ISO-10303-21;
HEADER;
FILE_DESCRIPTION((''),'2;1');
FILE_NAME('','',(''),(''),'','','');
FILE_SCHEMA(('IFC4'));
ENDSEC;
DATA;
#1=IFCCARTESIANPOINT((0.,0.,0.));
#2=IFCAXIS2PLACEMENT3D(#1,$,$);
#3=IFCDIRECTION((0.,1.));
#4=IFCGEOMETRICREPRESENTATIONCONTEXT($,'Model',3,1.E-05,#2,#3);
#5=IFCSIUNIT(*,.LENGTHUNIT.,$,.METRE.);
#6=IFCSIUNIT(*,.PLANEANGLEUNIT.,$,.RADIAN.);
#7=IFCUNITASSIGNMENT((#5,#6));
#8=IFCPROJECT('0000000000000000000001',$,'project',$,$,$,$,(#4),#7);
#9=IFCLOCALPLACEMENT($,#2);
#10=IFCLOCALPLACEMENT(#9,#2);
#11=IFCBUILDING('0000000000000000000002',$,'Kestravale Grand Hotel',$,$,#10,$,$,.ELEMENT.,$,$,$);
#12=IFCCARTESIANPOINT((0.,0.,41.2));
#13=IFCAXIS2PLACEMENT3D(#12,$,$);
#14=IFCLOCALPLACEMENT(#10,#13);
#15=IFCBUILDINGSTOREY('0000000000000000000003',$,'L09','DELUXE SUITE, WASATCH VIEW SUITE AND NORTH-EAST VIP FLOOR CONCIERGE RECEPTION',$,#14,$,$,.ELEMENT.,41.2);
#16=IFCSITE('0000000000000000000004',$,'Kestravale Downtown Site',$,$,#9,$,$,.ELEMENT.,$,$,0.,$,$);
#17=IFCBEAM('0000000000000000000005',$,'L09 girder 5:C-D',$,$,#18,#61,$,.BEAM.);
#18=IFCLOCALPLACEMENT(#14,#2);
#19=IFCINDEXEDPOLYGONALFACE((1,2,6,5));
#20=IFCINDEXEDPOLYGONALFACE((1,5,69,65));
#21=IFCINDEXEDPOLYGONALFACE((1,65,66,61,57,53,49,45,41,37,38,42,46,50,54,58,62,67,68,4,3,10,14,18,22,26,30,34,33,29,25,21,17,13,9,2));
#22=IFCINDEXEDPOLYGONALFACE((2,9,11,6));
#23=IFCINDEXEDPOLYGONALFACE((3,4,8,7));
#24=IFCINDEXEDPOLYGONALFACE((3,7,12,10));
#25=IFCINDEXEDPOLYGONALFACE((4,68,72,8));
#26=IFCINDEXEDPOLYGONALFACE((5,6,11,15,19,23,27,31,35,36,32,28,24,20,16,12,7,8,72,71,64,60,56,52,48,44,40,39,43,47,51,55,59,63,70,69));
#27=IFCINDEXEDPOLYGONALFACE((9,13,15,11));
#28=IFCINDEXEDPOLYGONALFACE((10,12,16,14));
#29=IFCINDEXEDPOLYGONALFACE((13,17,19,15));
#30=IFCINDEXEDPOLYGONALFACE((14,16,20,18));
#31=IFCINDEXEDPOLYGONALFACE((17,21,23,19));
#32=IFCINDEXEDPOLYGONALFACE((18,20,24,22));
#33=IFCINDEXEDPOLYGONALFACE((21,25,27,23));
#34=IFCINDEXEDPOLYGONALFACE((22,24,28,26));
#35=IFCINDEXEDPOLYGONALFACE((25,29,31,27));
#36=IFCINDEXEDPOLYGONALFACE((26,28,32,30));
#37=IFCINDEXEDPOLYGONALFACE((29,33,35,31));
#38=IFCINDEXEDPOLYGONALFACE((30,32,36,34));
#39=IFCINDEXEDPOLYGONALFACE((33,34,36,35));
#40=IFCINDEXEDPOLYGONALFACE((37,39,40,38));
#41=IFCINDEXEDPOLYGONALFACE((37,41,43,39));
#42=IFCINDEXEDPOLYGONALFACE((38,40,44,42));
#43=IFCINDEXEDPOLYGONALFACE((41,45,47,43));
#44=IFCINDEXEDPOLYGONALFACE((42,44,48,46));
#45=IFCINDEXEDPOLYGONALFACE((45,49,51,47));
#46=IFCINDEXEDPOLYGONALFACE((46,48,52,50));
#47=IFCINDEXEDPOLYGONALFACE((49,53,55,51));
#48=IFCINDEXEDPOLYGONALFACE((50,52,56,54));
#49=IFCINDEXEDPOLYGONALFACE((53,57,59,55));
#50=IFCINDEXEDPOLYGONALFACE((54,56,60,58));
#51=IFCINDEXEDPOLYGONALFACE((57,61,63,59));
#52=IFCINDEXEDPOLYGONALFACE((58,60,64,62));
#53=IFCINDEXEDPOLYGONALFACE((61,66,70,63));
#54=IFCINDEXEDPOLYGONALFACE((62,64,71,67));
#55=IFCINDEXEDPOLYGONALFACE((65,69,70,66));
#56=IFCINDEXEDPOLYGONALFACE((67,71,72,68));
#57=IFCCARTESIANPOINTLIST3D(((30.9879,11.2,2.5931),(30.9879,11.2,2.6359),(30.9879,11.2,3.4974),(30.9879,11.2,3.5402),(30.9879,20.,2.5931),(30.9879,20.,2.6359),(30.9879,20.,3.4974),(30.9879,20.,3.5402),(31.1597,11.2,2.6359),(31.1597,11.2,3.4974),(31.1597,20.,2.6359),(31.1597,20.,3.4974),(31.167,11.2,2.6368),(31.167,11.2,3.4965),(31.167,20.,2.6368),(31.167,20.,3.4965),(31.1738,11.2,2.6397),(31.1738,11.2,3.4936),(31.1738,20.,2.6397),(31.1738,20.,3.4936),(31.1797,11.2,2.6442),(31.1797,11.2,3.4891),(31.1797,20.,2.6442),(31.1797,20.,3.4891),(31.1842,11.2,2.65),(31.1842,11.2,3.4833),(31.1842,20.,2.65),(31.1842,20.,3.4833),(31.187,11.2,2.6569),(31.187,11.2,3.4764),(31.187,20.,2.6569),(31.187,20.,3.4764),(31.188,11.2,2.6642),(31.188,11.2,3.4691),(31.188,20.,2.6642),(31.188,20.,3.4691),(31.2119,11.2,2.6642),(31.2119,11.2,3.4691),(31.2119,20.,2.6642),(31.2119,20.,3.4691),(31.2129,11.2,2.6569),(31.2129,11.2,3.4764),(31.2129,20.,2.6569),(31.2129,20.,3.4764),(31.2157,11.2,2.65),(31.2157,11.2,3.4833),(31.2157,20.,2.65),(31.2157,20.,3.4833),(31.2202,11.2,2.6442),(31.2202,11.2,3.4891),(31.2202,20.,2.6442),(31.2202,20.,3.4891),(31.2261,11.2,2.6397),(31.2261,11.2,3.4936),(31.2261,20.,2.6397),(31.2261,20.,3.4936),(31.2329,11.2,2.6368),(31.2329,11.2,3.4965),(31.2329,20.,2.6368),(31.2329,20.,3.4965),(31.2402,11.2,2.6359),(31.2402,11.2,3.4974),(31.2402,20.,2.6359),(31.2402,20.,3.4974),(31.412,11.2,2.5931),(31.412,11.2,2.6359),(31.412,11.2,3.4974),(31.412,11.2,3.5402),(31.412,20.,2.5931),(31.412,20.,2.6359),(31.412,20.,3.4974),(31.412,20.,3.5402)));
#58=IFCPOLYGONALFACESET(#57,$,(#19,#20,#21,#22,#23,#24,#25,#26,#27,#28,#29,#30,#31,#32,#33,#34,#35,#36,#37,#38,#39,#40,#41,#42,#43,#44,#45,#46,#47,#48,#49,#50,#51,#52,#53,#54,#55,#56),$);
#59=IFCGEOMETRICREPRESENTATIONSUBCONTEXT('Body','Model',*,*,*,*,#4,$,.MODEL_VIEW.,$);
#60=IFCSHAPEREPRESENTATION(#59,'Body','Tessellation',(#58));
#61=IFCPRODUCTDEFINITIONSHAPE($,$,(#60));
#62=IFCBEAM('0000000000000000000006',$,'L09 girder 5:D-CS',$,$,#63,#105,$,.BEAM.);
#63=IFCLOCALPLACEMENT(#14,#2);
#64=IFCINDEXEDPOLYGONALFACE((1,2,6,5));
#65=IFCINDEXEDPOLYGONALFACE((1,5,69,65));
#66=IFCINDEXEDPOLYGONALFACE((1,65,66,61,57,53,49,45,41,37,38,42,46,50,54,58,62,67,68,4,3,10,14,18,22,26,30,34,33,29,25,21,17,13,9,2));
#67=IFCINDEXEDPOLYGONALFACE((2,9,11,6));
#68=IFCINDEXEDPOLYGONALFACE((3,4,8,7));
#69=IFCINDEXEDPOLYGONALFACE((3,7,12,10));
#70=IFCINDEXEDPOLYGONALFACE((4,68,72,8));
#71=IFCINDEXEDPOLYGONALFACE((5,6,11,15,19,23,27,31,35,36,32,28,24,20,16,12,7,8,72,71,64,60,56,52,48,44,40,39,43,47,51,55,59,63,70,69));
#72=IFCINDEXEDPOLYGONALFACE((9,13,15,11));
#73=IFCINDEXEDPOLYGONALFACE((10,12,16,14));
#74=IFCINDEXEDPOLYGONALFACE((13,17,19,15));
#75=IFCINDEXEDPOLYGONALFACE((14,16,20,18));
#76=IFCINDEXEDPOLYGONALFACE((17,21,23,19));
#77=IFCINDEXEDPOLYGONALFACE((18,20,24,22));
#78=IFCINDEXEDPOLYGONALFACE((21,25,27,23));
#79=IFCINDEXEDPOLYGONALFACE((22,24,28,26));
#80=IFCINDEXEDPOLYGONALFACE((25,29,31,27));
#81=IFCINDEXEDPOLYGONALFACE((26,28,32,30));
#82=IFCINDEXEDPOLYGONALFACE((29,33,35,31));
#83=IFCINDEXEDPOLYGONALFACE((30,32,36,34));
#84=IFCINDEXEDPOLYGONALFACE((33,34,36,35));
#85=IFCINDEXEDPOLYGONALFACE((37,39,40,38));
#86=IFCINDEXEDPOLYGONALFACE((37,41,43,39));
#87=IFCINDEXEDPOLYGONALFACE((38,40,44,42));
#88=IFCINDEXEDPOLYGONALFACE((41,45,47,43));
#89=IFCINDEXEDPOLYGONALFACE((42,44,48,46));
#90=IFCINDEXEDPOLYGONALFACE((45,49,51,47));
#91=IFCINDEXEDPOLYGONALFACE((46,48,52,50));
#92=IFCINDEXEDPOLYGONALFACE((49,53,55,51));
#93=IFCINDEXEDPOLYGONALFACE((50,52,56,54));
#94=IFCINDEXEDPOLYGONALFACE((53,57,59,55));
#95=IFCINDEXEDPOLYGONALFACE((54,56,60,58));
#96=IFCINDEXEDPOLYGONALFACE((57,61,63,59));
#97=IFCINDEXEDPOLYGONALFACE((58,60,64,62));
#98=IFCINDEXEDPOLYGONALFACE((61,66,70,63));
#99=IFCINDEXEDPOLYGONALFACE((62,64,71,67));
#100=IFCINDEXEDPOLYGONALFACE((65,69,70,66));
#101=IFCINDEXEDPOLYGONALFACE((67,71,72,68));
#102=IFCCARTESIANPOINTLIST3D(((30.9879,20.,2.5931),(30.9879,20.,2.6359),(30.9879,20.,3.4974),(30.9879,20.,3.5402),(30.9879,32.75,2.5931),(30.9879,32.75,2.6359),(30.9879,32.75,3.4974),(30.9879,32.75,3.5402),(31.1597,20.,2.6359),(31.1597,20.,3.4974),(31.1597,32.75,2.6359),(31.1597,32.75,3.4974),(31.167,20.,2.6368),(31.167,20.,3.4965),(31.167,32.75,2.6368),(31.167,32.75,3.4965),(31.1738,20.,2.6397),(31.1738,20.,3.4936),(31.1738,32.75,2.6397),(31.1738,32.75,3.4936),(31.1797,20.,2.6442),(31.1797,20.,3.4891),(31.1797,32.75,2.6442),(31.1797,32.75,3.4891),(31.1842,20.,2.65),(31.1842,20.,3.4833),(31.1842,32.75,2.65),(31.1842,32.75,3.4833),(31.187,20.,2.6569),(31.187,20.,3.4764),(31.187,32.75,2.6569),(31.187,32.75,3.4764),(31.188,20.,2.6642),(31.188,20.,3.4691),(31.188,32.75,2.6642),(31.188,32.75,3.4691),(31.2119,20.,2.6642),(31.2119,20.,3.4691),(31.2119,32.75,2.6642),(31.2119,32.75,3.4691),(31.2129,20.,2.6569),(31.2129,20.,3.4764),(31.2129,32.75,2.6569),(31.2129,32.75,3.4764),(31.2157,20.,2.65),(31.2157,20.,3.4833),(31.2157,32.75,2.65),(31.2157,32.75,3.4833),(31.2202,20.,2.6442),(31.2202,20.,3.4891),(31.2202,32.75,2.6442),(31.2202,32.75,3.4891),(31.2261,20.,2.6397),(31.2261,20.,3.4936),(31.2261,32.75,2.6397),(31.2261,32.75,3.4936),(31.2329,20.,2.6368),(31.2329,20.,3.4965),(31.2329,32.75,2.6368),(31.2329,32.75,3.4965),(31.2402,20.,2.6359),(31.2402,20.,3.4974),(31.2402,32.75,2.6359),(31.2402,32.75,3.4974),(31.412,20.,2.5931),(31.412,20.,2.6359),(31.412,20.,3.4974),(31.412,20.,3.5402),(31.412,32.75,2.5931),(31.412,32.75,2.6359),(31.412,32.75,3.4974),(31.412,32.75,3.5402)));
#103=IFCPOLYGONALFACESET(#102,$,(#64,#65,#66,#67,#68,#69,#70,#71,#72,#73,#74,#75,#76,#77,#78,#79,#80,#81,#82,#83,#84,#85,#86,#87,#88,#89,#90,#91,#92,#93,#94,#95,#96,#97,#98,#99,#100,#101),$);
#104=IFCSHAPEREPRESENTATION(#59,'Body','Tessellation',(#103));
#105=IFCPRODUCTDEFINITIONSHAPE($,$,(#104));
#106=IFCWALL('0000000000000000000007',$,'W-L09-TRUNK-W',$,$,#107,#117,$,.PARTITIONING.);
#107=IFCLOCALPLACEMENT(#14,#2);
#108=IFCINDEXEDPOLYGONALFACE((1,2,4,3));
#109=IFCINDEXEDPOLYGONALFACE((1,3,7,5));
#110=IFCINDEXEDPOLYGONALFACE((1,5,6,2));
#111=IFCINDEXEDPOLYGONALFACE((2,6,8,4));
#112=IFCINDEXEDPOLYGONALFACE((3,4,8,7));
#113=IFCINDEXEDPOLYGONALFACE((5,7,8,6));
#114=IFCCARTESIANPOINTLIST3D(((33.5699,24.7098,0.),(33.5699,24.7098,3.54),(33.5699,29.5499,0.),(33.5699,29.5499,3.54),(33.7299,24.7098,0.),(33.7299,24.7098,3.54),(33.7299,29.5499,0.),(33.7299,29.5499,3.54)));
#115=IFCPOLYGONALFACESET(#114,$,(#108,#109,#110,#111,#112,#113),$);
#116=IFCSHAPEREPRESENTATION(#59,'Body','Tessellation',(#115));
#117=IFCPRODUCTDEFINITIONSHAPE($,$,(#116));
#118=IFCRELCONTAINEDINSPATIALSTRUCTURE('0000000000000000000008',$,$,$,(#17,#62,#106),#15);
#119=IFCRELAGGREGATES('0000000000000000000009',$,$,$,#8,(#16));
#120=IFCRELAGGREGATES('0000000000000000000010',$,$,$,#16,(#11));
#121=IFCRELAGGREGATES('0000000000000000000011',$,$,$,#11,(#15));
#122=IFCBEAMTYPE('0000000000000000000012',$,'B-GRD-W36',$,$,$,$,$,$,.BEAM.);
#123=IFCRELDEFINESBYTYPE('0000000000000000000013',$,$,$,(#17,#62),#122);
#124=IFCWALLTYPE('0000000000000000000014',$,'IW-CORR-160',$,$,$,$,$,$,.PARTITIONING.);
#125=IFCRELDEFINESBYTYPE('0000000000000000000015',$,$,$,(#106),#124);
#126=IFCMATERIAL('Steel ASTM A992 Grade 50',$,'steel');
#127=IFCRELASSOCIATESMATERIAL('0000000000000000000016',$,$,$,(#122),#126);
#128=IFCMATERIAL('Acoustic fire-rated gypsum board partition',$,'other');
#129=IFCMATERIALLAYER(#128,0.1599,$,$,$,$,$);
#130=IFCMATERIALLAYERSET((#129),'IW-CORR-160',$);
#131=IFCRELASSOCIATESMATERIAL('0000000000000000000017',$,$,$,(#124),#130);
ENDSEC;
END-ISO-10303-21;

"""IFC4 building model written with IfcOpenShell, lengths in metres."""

from ifc_helpers import new_model, si_unit, direction, frame, frame_2d, origin, origin_2d, place, context, subcontext, project, spatial, rectangle, i_section, extrude, material, layer, layer_set, material_profile, profile_set, type_object, element, save


model = new_model("IFC4")

# Units and contexts
model_context = context("Model", 3, precision=1e-05, world=origin(), true_north=direction((0.0, 1.0)))
body_context = subcontext(model_context, "Body", "Model", "MODEL_VIEW")
ifc_project = project(units=[si_unit("LENGTHUNIT", "METRE"), si_unit("PLANEANGLEUNIT", "RADIAN")], contexts=[model_context])

# Site, building, storey
site_placement = place(None, origin())
site = spatial("IfcSite", under=ifc_project, at=site_placement, Name="Kestravale Downtown Site", CompositionType="ELEMENT", RefElevation=0.0)
building_placement = place(site_placement, origin())
building = spatial("IfcBuilding", under=site, at=building_placement, Name="Kestravale Grand Hotel", CompositionType="ELEMENT")
storey_placement = place(building_placement, frame((0.0, 0.0, 41.2)))
storey = spatial("IfcBuildingStorey", under=building, at=storey_placement, Name="L09", Description="DELUXE SUITE, WASATCH VIEW SUITE AND NORTH-EAST VIP FLOOR CONCIERGE RECEPTION", CompositionType="ELEMENT", Elevation=41.2)

# Beams
ifc_material_1 = material(Name="Steel ASTM A992 Grade 50", Category="steel")
ifc_material_profile_1 = material_profile(ifc_material_1, i_section(OverallWidth=0.4241, OverallDepth=0.947, WebThickness=0.0239, FlangeThickness=0.0427, FilletRadius=0.0283, at=origin_2d()))
ifc_profile_set_1 = profile_set([ifc_material_profile_1], Name="Steel ASTM A992 Grade 50")
beam_type_1 = type_object("IfcBeamType", Name="B-GRD-W36", PredefinedType="BEAM", material=ifc_profile_set_1)
beam_1_placement = place(storey_placement, frame((31.2, 11.2, 3.0667), z_axis=(0.0, 1.0, 0.0), x_axis=(-1.0, 0.0, 0.0)))
element("IfcBeam", 1, at=beam_1_placement, inside=storey, type_object=beam_type_1, Name="L09 girder 5:C-D", PredefinedType="BEAM", context=body_context, shape_type="SweptSolid", body=[
    extrude(i_section(OverallWidth=0.4241, OverallDepth=0.947, WebThickness=0.0239, FlangeThickness=0.0427, FilletRadius=0.0283, at=origin_2d()), origin(), (0.0, 0.0, 1.0), 8.8),
])
beam_2_placement = place(storey_placement, frame((31.2, 20.0, 3.0667), z_axis=(0.0, 1.0, 0.0), x_axis=(-1.0, 0.0, 0.0)))
element("IfcBeam", 2, at=beam_2_placement, inside=storey, type_object=beam_type_1, Name="L09 girder 5:D-CS", PredefinedType="BEAM", context=body_context, shape_type="SweptSolid", body=[
    extrude(i_section(OverallWidth=0.4241, OverallDepth=0.947, WebThickness=0.0239, FlangeThickness=0.0427, FilletRadius=0.0283, at=origin_2d()), origin(), (0.0, 0.0, 1.0), 12.75),
])

# Wall
ifc_material_2 = material(Name="Acoustic fire-rated gypsum board partition", Category="other")
ifc_layer_1 = layer(ifc_material_2, 0.1599)
ifc_layer_set_1 = layer_set([ifc_layer_1], Name="IW-CORR-160")
wall_type_1 = type_object("IfcWallType", Name="IW-CORR-160", PredefinedType="PARTITIONING", material=ifc_layer_set_1)
wall_1_placement = place(storey_placement, frame((33.6499, 24.71, 0.0), z_axis=(0.0, 0.0, 1.0), x_axis=(0.0, 1.0, 0.0)))
element("IfcWall", 3, at=wall_1_placement, inside=storey, type_object=wall_type_1, Name="W-L09-TRUNK-W", PredefinedType="PARTITIONING", context=body_context, shape_type="SweptSolid", body=[
    extrude(rectangle(XDim=4.8401, YDim=0.1599, at=frame_2d((2.4199, 0.0))), origin(), (0.0, 0.0, 1.0), 3.54),
])

save(model, "model.ifc")
